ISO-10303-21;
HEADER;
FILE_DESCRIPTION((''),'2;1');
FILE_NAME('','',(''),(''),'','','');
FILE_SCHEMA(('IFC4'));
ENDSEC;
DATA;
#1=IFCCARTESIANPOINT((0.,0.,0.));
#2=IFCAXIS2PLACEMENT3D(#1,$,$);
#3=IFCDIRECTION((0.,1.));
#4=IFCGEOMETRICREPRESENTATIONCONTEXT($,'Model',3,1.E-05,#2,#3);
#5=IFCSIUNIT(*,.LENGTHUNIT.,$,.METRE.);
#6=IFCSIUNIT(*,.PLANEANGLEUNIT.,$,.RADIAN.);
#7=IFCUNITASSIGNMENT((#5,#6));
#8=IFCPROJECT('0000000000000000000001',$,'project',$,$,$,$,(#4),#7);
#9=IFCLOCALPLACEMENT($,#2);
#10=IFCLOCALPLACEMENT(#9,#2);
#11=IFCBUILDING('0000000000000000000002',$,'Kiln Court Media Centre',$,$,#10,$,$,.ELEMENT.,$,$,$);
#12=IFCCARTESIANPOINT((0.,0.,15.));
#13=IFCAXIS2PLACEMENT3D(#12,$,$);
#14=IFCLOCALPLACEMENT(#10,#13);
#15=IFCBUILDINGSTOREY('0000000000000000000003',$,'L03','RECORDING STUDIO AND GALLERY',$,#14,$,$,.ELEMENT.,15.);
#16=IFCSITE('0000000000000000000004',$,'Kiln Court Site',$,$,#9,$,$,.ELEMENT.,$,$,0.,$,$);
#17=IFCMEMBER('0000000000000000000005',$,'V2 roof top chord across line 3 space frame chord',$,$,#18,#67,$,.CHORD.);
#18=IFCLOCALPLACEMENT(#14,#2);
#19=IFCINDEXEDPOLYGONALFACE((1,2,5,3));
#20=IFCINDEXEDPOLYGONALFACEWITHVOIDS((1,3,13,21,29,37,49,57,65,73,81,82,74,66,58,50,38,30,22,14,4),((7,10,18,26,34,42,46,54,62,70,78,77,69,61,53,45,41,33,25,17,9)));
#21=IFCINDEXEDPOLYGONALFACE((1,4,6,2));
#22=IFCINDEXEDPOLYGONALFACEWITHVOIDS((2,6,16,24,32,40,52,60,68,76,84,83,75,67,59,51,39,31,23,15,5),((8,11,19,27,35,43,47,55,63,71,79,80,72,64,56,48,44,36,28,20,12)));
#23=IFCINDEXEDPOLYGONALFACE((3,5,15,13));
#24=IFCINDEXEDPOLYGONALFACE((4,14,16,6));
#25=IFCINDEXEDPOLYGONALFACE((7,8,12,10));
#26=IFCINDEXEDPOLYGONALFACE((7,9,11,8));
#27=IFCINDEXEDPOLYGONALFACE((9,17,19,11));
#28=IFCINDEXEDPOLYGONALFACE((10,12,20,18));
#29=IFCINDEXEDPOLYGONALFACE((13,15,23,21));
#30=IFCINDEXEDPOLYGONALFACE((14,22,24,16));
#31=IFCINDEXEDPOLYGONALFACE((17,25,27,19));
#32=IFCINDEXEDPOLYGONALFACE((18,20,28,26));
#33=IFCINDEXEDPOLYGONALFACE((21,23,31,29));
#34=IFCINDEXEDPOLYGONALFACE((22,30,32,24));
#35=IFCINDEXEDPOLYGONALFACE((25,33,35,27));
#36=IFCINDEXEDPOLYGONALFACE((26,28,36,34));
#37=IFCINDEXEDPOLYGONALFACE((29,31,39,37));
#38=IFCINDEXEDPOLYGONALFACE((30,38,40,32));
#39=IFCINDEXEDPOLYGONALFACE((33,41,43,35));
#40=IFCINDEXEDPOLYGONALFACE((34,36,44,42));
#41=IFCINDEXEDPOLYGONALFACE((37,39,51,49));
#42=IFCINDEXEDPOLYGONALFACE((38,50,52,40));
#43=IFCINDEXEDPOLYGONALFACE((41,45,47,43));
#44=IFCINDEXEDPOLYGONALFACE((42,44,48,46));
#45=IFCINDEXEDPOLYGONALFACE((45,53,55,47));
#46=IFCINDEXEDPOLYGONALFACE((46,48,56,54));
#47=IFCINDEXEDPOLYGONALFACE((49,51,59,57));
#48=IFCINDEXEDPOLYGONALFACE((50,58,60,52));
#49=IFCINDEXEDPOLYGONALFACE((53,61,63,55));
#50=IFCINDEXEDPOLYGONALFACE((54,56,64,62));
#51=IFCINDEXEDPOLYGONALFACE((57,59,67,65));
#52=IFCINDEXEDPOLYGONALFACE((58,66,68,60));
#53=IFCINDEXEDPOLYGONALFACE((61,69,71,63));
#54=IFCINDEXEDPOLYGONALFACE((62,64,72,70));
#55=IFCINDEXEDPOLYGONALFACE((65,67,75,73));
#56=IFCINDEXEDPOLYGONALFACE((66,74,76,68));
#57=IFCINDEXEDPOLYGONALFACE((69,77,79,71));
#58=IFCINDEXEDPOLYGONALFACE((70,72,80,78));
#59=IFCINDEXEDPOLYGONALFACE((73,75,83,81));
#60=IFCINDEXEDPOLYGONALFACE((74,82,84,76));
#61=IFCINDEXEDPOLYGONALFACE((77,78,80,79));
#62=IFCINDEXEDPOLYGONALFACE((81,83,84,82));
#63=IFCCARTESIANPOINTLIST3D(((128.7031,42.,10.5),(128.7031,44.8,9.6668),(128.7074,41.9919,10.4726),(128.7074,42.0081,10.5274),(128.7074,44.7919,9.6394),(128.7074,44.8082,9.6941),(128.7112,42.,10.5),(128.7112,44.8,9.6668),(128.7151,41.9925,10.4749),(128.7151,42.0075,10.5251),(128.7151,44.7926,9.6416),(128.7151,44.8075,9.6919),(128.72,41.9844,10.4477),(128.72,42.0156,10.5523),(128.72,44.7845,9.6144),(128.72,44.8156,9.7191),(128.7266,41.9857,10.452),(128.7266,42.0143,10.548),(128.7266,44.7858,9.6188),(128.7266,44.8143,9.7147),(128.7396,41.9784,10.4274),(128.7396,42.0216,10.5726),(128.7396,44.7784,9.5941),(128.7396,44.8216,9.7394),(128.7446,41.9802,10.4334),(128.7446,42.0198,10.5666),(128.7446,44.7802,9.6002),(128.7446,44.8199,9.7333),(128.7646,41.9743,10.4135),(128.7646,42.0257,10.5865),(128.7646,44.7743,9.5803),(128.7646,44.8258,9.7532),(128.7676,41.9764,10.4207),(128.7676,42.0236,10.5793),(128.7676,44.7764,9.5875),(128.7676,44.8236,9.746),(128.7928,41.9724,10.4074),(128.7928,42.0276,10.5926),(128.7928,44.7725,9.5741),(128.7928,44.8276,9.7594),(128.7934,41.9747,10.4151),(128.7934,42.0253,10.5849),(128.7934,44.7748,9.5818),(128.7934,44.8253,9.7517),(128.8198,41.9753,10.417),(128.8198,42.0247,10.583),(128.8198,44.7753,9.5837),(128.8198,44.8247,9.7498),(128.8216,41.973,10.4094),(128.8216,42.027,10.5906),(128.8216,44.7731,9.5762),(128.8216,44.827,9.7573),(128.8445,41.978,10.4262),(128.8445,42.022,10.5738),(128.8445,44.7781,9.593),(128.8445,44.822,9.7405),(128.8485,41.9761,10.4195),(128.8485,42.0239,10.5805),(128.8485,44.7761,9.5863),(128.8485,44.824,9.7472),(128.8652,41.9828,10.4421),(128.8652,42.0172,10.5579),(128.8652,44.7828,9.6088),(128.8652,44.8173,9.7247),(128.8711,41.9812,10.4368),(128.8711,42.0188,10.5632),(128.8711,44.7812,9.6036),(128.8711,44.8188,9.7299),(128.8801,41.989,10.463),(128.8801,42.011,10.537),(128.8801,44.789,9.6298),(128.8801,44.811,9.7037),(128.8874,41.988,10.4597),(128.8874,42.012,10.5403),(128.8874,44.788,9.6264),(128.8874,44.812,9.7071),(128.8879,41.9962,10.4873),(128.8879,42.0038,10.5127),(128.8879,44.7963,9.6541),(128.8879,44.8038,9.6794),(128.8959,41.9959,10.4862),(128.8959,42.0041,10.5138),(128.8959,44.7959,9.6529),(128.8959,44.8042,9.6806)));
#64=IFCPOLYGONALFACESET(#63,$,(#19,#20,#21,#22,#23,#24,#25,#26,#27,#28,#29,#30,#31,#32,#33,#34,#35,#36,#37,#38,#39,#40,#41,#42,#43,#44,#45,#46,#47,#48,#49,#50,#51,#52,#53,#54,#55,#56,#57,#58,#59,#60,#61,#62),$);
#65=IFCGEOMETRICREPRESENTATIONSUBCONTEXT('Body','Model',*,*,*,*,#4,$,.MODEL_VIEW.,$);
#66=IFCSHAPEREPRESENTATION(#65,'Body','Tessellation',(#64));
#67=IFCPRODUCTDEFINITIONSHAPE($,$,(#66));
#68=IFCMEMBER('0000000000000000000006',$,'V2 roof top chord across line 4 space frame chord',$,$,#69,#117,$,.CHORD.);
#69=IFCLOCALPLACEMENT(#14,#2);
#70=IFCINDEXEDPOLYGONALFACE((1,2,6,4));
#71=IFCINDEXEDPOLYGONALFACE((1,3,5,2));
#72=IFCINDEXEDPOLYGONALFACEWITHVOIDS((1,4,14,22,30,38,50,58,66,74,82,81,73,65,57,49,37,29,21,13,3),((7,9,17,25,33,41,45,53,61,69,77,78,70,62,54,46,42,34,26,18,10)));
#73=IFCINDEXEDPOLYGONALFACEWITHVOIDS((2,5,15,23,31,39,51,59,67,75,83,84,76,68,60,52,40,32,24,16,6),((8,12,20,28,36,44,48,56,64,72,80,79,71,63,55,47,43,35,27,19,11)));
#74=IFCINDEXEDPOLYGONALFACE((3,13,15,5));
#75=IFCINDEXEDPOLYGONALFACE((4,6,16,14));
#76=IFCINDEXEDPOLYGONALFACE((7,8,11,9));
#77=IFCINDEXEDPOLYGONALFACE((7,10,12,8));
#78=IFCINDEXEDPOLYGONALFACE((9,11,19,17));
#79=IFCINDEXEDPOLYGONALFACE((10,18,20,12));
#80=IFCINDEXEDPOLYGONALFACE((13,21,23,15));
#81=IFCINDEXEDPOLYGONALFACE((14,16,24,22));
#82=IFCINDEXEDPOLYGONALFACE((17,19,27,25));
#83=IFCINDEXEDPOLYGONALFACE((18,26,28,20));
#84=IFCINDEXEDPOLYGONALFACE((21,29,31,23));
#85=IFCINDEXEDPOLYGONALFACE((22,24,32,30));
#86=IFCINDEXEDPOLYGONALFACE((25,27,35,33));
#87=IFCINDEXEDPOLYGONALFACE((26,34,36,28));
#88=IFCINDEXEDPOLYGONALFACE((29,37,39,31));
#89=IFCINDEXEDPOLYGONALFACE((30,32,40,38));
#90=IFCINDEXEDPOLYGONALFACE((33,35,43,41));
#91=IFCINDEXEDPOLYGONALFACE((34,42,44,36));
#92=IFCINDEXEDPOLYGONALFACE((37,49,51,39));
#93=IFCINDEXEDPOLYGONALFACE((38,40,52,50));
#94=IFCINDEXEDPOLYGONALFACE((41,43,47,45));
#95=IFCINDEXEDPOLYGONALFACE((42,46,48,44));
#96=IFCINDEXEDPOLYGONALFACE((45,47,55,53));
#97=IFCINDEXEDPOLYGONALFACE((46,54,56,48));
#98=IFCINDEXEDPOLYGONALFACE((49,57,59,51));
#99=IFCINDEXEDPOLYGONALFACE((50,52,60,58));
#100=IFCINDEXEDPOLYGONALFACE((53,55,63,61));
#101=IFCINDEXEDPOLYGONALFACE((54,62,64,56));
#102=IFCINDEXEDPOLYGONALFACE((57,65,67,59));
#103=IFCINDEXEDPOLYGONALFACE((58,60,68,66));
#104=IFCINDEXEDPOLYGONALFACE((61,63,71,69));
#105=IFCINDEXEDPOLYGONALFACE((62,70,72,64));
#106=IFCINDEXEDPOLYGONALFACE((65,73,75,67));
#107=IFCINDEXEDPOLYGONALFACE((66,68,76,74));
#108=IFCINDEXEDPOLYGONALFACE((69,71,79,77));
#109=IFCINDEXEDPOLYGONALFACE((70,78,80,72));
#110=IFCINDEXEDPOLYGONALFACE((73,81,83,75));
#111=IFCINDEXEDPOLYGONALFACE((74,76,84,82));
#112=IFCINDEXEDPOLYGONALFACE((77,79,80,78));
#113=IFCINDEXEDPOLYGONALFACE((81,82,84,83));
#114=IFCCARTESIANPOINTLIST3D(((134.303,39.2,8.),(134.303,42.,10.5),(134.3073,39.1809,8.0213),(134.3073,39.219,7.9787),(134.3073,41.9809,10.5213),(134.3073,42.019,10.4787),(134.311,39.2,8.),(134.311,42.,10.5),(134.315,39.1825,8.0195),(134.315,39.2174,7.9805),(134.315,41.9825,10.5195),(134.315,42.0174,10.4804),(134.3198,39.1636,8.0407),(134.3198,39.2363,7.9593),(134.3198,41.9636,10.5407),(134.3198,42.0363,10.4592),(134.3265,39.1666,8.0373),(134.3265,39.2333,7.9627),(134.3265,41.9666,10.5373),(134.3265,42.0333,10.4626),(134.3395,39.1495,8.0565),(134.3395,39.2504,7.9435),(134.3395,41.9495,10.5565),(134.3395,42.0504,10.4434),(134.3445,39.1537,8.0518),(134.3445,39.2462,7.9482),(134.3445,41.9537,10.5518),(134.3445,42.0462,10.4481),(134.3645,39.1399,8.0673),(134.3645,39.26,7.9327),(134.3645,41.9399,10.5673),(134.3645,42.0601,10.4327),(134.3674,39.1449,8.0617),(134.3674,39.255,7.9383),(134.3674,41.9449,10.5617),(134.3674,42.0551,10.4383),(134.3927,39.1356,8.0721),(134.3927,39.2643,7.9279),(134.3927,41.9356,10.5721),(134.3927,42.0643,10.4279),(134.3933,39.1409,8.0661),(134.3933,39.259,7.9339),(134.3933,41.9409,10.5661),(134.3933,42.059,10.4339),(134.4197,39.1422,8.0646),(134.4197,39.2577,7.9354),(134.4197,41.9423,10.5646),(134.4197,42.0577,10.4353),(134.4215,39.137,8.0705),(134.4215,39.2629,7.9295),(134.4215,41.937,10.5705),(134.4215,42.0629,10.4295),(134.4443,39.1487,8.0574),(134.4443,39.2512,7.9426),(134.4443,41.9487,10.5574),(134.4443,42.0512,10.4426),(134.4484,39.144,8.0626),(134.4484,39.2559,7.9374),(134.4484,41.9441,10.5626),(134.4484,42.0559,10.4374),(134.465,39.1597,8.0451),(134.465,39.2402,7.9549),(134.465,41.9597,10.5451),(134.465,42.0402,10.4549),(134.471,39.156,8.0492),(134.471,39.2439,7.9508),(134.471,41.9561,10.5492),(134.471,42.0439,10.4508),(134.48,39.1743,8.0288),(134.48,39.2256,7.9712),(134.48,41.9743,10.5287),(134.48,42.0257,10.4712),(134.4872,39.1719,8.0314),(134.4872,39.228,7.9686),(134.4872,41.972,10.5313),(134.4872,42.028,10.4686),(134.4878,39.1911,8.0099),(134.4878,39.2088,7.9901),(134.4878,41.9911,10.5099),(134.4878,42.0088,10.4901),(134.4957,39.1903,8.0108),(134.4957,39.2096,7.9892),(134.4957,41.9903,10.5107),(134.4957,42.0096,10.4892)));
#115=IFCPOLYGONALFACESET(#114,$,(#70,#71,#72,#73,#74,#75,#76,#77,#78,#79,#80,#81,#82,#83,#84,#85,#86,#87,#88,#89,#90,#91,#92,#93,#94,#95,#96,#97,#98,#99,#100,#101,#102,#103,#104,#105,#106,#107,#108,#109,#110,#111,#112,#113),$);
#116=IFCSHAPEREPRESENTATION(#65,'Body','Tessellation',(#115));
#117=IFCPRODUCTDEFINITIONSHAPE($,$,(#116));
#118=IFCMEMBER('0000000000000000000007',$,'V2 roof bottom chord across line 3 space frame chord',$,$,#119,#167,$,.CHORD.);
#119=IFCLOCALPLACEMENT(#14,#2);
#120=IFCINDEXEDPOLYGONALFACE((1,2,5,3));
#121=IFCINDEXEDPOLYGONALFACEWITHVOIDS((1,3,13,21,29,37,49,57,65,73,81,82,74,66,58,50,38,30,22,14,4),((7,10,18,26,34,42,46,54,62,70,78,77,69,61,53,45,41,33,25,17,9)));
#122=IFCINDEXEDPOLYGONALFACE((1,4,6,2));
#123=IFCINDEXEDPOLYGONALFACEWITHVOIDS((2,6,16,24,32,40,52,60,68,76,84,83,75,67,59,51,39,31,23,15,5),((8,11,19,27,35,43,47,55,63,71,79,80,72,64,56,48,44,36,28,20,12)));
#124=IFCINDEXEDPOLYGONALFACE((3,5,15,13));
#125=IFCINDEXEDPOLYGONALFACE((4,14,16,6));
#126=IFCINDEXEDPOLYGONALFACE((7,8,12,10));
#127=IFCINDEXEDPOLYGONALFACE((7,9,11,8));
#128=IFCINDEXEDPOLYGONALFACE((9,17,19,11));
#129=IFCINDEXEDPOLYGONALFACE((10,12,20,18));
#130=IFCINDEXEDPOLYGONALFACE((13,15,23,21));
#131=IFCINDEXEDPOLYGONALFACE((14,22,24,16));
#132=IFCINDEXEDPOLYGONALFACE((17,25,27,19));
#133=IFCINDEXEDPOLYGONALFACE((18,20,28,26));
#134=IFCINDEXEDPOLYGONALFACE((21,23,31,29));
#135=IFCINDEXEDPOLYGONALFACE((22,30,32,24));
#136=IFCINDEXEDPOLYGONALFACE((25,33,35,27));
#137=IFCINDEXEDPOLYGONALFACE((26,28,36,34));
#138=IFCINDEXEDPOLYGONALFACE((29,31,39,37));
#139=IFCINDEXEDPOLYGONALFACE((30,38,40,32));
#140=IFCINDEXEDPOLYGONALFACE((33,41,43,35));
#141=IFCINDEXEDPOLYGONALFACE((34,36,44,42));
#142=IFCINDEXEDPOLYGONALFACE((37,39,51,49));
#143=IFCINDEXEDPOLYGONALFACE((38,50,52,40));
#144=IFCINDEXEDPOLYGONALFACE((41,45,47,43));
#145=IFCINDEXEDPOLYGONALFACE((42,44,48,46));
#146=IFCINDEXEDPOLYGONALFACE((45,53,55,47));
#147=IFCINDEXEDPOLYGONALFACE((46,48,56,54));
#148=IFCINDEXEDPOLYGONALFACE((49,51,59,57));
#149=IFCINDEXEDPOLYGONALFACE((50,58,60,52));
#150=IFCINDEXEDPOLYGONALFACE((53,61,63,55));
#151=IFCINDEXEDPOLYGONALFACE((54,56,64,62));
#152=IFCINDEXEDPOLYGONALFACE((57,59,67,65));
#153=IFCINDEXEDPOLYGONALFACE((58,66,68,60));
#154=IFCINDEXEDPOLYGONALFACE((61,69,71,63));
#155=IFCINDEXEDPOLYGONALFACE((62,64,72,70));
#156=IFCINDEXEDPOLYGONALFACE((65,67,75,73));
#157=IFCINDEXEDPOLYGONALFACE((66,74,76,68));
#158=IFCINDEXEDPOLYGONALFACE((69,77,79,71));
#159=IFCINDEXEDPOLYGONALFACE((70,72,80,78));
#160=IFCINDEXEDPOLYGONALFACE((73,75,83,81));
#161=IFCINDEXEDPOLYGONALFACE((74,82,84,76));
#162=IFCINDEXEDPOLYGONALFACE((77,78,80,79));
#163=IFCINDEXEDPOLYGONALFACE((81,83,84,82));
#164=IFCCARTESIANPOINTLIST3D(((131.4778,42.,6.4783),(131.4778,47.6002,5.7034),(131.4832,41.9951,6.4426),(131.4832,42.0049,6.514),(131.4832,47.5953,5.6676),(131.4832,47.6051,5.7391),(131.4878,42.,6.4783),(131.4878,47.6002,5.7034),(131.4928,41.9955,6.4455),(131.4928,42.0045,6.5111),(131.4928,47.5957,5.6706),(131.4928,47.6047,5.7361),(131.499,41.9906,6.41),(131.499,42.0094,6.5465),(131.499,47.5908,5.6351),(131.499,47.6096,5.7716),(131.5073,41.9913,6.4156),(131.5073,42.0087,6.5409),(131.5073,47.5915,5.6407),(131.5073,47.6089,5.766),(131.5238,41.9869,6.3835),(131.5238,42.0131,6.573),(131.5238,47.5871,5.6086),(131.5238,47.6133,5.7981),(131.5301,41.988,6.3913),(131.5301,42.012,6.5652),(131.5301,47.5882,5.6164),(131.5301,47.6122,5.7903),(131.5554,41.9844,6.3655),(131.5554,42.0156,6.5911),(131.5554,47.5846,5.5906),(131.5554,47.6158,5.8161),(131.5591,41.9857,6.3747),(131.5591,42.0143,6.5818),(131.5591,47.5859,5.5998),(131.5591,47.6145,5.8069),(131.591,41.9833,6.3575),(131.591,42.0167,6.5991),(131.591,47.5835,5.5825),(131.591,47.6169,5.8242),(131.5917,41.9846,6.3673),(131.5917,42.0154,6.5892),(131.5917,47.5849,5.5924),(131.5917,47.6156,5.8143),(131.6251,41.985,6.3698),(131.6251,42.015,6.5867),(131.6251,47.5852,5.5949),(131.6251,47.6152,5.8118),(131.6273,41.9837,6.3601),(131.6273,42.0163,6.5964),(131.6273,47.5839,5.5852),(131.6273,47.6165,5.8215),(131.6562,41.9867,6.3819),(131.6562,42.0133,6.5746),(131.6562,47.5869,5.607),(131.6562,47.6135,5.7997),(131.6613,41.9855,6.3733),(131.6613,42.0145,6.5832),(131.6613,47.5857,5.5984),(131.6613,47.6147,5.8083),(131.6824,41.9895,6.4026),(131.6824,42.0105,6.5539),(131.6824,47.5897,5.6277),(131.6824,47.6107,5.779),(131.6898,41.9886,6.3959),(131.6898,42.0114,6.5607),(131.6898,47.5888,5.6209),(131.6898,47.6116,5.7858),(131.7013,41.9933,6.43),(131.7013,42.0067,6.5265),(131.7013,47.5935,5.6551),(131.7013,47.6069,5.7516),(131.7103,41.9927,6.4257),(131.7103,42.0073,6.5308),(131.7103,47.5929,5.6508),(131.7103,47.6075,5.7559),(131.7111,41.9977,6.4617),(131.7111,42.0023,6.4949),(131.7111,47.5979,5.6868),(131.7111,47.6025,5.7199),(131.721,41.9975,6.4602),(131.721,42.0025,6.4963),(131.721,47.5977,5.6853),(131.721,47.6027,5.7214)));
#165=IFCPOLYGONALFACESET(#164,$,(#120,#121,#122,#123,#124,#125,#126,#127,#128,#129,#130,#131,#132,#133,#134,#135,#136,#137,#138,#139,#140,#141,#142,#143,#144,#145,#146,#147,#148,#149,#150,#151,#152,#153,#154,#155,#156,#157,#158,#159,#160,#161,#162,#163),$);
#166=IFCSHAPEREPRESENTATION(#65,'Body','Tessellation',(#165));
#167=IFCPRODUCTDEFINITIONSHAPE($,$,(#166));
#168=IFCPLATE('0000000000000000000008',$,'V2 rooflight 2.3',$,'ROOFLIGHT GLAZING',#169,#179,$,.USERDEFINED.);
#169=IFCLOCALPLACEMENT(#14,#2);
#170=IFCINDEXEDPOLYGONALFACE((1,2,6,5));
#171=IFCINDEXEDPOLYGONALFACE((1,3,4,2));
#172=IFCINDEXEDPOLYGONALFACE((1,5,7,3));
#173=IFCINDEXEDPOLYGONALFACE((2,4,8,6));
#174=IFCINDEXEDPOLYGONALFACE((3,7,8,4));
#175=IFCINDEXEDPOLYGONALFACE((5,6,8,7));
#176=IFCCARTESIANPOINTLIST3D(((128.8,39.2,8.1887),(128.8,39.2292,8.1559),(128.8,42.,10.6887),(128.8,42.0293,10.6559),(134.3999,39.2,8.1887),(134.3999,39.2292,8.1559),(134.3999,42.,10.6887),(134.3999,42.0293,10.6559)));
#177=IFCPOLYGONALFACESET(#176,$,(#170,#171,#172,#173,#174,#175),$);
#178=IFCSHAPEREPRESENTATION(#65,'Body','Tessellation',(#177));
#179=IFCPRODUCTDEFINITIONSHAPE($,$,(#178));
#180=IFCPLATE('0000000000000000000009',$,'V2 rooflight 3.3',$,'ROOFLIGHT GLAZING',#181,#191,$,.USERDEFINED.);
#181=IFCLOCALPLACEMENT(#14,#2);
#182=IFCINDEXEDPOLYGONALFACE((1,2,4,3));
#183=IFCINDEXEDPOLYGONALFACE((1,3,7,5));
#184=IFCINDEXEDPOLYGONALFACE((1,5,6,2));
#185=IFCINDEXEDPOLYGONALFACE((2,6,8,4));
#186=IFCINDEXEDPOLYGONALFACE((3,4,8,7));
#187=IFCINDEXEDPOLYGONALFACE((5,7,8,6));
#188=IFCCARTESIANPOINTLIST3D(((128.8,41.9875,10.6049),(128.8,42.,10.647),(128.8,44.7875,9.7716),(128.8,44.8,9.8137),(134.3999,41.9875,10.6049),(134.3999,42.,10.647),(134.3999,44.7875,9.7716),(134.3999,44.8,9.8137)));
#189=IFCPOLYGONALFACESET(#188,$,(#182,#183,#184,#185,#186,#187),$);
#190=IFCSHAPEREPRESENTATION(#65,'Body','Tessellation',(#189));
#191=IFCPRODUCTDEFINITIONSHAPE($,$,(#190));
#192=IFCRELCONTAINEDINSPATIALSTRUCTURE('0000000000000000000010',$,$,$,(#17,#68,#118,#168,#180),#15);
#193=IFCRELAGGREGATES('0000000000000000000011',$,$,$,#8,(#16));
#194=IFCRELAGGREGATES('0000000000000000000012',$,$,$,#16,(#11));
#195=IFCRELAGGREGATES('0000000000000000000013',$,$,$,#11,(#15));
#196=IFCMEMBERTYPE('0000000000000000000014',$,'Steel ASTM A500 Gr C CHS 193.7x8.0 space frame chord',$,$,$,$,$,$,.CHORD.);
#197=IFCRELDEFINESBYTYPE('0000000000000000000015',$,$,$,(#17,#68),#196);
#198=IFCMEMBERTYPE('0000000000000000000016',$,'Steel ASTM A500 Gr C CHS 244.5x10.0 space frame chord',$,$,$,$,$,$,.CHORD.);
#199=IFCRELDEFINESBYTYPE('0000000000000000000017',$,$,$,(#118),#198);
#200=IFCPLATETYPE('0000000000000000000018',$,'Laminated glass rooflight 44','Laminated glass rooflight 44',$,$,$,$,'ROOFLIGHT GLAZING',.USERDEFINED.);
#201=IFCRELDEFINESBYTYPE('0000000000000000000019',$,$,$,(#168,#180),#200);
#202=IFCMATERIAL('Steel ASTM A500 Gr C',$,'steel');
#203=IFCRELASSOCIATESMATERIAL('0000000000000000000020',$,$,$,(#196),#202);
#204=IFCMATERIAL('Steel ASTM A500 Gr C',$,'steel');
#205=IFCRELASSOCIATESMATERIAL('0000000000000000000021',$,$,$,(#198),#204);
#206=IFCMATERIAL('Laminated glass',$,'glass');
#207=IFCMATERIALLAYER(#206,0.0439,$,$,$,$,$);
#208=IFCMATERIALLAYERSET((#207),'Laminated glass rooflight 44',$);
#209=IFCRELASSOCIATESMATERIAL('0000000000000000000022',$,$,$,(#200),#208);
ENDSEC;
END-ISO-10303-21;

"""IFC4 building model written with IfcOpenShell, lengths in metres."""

from ifc_helpers import new_model, si_unit, direction, frame, origin, origin_2d, place, context, subcontext, project, spatial, polyline, hollow_circle, outline, extrude, material, layer, layer_set, material_profile, profile_set, type_object, element, save


model = new_model("IFC4")

# Units and contexts
model_context = context("Model", 3, precision=1e-05, world=origin(), true_north=direction((0.0, 1.0)))
body_context = subcontext(model_context, "Body", "Model", "MODEL_VIEW")
ifc_project = project(units=[si_unit("LENGTHUNIT", "METRE"), si_unit("PLANEANGLEUNIT", "RADIAN")], contexts=[model_context])

# Site, building, storey
site_placement = place(None, origin())
site = spatial("IfcSite", under=ifc_project, at=site_placement, Name="Kiln Court Site", CompositionType="ELEMENT", RefElevation=0.0)
building_placement = place(site_placement, origin())
building = spatial("IfcBuilding", under=site, at=building_placement, Name="Kiln Court Media Centre", CompositionType="ELEMENT")
storey_placement = place(building_placement, frame((0.0, 0.0, 15.0)))
storey = spatial("IfcBuildingStorey", under=building, at=storey_placement, Name="L03", Description="RECORDING STUDIO AND GALLERY", CompositionType="ELEMENT", Elevation=15.0)

# Members
ifc_material_1 = material(Name="Steel ASTM A500 Gr C", Category="steel")
ifc_material_profile_1 = material_profile(ifc_material_1, hollow_circle(Radius=0.0969, WallThickness=0.0081, at=origin_2d()), Name="CHS 193.7x8.0")
ifc_profile_set_1 = profile_set([ifc_material_profile_1], Name="Steel ASTM A500 Gr C")
member_type_1 = type_object("IfcMemberType", Name="Steel ASTM A500 Gr C CHS 193.7x8.0 space frame chord", PredefinedType="CHORD", material=ifc_profile_set_1)
member_1_placement = place(storey_placement, frame((128.8, 42.0, 10.5), z_axis=(0.0, 0.958461, -0.285223), x_axis=(-1.0, 0.0, 0.0)))
element("IfcMember", 1, at=member_1_placement, inside=storey, type_object=member_type_1, Name="V2 roof top chord across line 3 space frame chord", PredefinedType="CHORD", context=body_context, shape_type="SweptSolid", body=[
    extrude(hollow_circle(Radius=0.0969, WallThickness=0.0081, at=origin_2d()), origin(), (0.0, 0.0, 1.0), 2.9214),
])
member_2_placement = place(storey_placement, frame((134.3999, 39.2, 8.0), z_axis=(0.0, 0.745943, 0.666009), x_axis=(-1.0, 0.0, 0.0)))
element("IfcMember", 2, at=member_2_placement, inside=storey, type_object=member_type_1, Name="V2 roof top chord across line 4 space frame chord", PredefinedType="CHORD", context=body_context, shape_type="SweptSolid", body=[
    extrude(hollow_circle(Radius=0.0969, WallThickness=0.0081, at=origin_2d()), origin(), (0.0, 0.0, 1.0), 3.7537),
])
ifc_material_2 = material(Name="Steel ASTM A500 Gr C", Category="steel")
ifc_material_profile_2 = material_profile(ifc_material_2, hollow_circle(Radius=0.1223, WallThickness=0.01, at=origin_2d()), Name="CHS 244.5x10.0")
ifc_profile_set_2 = profile_set([ifc_material_profile_2], Name="Steel ASTM A500 Gr C")
member_type_2 = type_object("IfcMemberType", Name="Steel ASTM A500 Gr C CHS 244.5x10.0 space frame chord", PredefinedType="CHORD", material=ifc_profile_set_2)
member_3_placement = place(storey_placement, frame((131.6001, 42.0, 6.4783), z_axis=(0.0, 0.990562, -0.137067), x_axis=(-1.0, 0.0, 0.0)))
element("IfcMember", 3, at=member_3_placement, inside=storey, type_object=member_type_2, Name="V2 roof bottom chord across line 3 space frame chord", PredefinedType="CHORD", context=body_context, shape_type="SweptSolid", body=[
    extrude(hollow_circle(Radius=0.1223, WallThickness=0.01, at=origin_2d()), origin(), (0.0, 0.0, 1.0), 5.6536),
])

# Plates
ifc_material_3 = material(Name="Laminated glass", Category="glass")
ifc_layer_1 = layer(ifc_material_3, 0.0439)
ifc_layer_set_1 = layer_set([ifc_layer_1], Name="Laminated glass rooflight 44")
plate_type_1 = type_object("IfcPlateType", Name="Laminated glass rooflight 44", Description="Laminated glass rooflight 44", ElementType="ROOFLIGHT GLAZING", PredefinedType="USERDEFINED", material=ifc_layer_set_1)
plate_1_placement = place(storey_placement, frame((128.8, 39.2, 8.1887), z_axis=(0.0, -0.666009, 0.745943), x_axis=(0.0, 0.745943, 0.666009)))
element("IfcPlate", 4, at=plate_1_placement, inside=storey, type_object=plate_type_1, Name="V2 rooflight 2.3", ObjectType="ROOFLIGHT GLAZING", PredefinedType="USERDEFINED", context=body_context, shape_type="SweptSolid", body=[
    extrude(outline(polyline([(0.0, 0.0), (3.7537, 0.0), (3.7537, -5.5999), (0.0, -5.5999), (0.0, 0.0)])), origin(), (0.0, 0.0, -1.0), 0.0439),
])
plate_2_placement = place(storey_placement, frame((128.8, 42.0, 10.647), z_axis=(0.0, 0.285223, 0.958461), x_axis=(0.0, 0.958461, -0.285223)))
element("IfcPlate", 5, at=plate_2_placement, inside=storey, type_object=plate_type_1, Name="V2 rooflight 3.3", ObjectType="ROOFLIGHT GLAZING", PredefinedType="USERDEFINED", context=body_context, shape_type="SweptSolid", body=[
    extrude(outline(polyline([(0.0, 0.0), (2.9214, 0.0), (2.9214, -5.5999), (0.0, -5.5999), (0.0, 0.0)])), origin(), (0.0, 0.0, -1.0), 0.0439),
])

save(model, "model.ifc")
